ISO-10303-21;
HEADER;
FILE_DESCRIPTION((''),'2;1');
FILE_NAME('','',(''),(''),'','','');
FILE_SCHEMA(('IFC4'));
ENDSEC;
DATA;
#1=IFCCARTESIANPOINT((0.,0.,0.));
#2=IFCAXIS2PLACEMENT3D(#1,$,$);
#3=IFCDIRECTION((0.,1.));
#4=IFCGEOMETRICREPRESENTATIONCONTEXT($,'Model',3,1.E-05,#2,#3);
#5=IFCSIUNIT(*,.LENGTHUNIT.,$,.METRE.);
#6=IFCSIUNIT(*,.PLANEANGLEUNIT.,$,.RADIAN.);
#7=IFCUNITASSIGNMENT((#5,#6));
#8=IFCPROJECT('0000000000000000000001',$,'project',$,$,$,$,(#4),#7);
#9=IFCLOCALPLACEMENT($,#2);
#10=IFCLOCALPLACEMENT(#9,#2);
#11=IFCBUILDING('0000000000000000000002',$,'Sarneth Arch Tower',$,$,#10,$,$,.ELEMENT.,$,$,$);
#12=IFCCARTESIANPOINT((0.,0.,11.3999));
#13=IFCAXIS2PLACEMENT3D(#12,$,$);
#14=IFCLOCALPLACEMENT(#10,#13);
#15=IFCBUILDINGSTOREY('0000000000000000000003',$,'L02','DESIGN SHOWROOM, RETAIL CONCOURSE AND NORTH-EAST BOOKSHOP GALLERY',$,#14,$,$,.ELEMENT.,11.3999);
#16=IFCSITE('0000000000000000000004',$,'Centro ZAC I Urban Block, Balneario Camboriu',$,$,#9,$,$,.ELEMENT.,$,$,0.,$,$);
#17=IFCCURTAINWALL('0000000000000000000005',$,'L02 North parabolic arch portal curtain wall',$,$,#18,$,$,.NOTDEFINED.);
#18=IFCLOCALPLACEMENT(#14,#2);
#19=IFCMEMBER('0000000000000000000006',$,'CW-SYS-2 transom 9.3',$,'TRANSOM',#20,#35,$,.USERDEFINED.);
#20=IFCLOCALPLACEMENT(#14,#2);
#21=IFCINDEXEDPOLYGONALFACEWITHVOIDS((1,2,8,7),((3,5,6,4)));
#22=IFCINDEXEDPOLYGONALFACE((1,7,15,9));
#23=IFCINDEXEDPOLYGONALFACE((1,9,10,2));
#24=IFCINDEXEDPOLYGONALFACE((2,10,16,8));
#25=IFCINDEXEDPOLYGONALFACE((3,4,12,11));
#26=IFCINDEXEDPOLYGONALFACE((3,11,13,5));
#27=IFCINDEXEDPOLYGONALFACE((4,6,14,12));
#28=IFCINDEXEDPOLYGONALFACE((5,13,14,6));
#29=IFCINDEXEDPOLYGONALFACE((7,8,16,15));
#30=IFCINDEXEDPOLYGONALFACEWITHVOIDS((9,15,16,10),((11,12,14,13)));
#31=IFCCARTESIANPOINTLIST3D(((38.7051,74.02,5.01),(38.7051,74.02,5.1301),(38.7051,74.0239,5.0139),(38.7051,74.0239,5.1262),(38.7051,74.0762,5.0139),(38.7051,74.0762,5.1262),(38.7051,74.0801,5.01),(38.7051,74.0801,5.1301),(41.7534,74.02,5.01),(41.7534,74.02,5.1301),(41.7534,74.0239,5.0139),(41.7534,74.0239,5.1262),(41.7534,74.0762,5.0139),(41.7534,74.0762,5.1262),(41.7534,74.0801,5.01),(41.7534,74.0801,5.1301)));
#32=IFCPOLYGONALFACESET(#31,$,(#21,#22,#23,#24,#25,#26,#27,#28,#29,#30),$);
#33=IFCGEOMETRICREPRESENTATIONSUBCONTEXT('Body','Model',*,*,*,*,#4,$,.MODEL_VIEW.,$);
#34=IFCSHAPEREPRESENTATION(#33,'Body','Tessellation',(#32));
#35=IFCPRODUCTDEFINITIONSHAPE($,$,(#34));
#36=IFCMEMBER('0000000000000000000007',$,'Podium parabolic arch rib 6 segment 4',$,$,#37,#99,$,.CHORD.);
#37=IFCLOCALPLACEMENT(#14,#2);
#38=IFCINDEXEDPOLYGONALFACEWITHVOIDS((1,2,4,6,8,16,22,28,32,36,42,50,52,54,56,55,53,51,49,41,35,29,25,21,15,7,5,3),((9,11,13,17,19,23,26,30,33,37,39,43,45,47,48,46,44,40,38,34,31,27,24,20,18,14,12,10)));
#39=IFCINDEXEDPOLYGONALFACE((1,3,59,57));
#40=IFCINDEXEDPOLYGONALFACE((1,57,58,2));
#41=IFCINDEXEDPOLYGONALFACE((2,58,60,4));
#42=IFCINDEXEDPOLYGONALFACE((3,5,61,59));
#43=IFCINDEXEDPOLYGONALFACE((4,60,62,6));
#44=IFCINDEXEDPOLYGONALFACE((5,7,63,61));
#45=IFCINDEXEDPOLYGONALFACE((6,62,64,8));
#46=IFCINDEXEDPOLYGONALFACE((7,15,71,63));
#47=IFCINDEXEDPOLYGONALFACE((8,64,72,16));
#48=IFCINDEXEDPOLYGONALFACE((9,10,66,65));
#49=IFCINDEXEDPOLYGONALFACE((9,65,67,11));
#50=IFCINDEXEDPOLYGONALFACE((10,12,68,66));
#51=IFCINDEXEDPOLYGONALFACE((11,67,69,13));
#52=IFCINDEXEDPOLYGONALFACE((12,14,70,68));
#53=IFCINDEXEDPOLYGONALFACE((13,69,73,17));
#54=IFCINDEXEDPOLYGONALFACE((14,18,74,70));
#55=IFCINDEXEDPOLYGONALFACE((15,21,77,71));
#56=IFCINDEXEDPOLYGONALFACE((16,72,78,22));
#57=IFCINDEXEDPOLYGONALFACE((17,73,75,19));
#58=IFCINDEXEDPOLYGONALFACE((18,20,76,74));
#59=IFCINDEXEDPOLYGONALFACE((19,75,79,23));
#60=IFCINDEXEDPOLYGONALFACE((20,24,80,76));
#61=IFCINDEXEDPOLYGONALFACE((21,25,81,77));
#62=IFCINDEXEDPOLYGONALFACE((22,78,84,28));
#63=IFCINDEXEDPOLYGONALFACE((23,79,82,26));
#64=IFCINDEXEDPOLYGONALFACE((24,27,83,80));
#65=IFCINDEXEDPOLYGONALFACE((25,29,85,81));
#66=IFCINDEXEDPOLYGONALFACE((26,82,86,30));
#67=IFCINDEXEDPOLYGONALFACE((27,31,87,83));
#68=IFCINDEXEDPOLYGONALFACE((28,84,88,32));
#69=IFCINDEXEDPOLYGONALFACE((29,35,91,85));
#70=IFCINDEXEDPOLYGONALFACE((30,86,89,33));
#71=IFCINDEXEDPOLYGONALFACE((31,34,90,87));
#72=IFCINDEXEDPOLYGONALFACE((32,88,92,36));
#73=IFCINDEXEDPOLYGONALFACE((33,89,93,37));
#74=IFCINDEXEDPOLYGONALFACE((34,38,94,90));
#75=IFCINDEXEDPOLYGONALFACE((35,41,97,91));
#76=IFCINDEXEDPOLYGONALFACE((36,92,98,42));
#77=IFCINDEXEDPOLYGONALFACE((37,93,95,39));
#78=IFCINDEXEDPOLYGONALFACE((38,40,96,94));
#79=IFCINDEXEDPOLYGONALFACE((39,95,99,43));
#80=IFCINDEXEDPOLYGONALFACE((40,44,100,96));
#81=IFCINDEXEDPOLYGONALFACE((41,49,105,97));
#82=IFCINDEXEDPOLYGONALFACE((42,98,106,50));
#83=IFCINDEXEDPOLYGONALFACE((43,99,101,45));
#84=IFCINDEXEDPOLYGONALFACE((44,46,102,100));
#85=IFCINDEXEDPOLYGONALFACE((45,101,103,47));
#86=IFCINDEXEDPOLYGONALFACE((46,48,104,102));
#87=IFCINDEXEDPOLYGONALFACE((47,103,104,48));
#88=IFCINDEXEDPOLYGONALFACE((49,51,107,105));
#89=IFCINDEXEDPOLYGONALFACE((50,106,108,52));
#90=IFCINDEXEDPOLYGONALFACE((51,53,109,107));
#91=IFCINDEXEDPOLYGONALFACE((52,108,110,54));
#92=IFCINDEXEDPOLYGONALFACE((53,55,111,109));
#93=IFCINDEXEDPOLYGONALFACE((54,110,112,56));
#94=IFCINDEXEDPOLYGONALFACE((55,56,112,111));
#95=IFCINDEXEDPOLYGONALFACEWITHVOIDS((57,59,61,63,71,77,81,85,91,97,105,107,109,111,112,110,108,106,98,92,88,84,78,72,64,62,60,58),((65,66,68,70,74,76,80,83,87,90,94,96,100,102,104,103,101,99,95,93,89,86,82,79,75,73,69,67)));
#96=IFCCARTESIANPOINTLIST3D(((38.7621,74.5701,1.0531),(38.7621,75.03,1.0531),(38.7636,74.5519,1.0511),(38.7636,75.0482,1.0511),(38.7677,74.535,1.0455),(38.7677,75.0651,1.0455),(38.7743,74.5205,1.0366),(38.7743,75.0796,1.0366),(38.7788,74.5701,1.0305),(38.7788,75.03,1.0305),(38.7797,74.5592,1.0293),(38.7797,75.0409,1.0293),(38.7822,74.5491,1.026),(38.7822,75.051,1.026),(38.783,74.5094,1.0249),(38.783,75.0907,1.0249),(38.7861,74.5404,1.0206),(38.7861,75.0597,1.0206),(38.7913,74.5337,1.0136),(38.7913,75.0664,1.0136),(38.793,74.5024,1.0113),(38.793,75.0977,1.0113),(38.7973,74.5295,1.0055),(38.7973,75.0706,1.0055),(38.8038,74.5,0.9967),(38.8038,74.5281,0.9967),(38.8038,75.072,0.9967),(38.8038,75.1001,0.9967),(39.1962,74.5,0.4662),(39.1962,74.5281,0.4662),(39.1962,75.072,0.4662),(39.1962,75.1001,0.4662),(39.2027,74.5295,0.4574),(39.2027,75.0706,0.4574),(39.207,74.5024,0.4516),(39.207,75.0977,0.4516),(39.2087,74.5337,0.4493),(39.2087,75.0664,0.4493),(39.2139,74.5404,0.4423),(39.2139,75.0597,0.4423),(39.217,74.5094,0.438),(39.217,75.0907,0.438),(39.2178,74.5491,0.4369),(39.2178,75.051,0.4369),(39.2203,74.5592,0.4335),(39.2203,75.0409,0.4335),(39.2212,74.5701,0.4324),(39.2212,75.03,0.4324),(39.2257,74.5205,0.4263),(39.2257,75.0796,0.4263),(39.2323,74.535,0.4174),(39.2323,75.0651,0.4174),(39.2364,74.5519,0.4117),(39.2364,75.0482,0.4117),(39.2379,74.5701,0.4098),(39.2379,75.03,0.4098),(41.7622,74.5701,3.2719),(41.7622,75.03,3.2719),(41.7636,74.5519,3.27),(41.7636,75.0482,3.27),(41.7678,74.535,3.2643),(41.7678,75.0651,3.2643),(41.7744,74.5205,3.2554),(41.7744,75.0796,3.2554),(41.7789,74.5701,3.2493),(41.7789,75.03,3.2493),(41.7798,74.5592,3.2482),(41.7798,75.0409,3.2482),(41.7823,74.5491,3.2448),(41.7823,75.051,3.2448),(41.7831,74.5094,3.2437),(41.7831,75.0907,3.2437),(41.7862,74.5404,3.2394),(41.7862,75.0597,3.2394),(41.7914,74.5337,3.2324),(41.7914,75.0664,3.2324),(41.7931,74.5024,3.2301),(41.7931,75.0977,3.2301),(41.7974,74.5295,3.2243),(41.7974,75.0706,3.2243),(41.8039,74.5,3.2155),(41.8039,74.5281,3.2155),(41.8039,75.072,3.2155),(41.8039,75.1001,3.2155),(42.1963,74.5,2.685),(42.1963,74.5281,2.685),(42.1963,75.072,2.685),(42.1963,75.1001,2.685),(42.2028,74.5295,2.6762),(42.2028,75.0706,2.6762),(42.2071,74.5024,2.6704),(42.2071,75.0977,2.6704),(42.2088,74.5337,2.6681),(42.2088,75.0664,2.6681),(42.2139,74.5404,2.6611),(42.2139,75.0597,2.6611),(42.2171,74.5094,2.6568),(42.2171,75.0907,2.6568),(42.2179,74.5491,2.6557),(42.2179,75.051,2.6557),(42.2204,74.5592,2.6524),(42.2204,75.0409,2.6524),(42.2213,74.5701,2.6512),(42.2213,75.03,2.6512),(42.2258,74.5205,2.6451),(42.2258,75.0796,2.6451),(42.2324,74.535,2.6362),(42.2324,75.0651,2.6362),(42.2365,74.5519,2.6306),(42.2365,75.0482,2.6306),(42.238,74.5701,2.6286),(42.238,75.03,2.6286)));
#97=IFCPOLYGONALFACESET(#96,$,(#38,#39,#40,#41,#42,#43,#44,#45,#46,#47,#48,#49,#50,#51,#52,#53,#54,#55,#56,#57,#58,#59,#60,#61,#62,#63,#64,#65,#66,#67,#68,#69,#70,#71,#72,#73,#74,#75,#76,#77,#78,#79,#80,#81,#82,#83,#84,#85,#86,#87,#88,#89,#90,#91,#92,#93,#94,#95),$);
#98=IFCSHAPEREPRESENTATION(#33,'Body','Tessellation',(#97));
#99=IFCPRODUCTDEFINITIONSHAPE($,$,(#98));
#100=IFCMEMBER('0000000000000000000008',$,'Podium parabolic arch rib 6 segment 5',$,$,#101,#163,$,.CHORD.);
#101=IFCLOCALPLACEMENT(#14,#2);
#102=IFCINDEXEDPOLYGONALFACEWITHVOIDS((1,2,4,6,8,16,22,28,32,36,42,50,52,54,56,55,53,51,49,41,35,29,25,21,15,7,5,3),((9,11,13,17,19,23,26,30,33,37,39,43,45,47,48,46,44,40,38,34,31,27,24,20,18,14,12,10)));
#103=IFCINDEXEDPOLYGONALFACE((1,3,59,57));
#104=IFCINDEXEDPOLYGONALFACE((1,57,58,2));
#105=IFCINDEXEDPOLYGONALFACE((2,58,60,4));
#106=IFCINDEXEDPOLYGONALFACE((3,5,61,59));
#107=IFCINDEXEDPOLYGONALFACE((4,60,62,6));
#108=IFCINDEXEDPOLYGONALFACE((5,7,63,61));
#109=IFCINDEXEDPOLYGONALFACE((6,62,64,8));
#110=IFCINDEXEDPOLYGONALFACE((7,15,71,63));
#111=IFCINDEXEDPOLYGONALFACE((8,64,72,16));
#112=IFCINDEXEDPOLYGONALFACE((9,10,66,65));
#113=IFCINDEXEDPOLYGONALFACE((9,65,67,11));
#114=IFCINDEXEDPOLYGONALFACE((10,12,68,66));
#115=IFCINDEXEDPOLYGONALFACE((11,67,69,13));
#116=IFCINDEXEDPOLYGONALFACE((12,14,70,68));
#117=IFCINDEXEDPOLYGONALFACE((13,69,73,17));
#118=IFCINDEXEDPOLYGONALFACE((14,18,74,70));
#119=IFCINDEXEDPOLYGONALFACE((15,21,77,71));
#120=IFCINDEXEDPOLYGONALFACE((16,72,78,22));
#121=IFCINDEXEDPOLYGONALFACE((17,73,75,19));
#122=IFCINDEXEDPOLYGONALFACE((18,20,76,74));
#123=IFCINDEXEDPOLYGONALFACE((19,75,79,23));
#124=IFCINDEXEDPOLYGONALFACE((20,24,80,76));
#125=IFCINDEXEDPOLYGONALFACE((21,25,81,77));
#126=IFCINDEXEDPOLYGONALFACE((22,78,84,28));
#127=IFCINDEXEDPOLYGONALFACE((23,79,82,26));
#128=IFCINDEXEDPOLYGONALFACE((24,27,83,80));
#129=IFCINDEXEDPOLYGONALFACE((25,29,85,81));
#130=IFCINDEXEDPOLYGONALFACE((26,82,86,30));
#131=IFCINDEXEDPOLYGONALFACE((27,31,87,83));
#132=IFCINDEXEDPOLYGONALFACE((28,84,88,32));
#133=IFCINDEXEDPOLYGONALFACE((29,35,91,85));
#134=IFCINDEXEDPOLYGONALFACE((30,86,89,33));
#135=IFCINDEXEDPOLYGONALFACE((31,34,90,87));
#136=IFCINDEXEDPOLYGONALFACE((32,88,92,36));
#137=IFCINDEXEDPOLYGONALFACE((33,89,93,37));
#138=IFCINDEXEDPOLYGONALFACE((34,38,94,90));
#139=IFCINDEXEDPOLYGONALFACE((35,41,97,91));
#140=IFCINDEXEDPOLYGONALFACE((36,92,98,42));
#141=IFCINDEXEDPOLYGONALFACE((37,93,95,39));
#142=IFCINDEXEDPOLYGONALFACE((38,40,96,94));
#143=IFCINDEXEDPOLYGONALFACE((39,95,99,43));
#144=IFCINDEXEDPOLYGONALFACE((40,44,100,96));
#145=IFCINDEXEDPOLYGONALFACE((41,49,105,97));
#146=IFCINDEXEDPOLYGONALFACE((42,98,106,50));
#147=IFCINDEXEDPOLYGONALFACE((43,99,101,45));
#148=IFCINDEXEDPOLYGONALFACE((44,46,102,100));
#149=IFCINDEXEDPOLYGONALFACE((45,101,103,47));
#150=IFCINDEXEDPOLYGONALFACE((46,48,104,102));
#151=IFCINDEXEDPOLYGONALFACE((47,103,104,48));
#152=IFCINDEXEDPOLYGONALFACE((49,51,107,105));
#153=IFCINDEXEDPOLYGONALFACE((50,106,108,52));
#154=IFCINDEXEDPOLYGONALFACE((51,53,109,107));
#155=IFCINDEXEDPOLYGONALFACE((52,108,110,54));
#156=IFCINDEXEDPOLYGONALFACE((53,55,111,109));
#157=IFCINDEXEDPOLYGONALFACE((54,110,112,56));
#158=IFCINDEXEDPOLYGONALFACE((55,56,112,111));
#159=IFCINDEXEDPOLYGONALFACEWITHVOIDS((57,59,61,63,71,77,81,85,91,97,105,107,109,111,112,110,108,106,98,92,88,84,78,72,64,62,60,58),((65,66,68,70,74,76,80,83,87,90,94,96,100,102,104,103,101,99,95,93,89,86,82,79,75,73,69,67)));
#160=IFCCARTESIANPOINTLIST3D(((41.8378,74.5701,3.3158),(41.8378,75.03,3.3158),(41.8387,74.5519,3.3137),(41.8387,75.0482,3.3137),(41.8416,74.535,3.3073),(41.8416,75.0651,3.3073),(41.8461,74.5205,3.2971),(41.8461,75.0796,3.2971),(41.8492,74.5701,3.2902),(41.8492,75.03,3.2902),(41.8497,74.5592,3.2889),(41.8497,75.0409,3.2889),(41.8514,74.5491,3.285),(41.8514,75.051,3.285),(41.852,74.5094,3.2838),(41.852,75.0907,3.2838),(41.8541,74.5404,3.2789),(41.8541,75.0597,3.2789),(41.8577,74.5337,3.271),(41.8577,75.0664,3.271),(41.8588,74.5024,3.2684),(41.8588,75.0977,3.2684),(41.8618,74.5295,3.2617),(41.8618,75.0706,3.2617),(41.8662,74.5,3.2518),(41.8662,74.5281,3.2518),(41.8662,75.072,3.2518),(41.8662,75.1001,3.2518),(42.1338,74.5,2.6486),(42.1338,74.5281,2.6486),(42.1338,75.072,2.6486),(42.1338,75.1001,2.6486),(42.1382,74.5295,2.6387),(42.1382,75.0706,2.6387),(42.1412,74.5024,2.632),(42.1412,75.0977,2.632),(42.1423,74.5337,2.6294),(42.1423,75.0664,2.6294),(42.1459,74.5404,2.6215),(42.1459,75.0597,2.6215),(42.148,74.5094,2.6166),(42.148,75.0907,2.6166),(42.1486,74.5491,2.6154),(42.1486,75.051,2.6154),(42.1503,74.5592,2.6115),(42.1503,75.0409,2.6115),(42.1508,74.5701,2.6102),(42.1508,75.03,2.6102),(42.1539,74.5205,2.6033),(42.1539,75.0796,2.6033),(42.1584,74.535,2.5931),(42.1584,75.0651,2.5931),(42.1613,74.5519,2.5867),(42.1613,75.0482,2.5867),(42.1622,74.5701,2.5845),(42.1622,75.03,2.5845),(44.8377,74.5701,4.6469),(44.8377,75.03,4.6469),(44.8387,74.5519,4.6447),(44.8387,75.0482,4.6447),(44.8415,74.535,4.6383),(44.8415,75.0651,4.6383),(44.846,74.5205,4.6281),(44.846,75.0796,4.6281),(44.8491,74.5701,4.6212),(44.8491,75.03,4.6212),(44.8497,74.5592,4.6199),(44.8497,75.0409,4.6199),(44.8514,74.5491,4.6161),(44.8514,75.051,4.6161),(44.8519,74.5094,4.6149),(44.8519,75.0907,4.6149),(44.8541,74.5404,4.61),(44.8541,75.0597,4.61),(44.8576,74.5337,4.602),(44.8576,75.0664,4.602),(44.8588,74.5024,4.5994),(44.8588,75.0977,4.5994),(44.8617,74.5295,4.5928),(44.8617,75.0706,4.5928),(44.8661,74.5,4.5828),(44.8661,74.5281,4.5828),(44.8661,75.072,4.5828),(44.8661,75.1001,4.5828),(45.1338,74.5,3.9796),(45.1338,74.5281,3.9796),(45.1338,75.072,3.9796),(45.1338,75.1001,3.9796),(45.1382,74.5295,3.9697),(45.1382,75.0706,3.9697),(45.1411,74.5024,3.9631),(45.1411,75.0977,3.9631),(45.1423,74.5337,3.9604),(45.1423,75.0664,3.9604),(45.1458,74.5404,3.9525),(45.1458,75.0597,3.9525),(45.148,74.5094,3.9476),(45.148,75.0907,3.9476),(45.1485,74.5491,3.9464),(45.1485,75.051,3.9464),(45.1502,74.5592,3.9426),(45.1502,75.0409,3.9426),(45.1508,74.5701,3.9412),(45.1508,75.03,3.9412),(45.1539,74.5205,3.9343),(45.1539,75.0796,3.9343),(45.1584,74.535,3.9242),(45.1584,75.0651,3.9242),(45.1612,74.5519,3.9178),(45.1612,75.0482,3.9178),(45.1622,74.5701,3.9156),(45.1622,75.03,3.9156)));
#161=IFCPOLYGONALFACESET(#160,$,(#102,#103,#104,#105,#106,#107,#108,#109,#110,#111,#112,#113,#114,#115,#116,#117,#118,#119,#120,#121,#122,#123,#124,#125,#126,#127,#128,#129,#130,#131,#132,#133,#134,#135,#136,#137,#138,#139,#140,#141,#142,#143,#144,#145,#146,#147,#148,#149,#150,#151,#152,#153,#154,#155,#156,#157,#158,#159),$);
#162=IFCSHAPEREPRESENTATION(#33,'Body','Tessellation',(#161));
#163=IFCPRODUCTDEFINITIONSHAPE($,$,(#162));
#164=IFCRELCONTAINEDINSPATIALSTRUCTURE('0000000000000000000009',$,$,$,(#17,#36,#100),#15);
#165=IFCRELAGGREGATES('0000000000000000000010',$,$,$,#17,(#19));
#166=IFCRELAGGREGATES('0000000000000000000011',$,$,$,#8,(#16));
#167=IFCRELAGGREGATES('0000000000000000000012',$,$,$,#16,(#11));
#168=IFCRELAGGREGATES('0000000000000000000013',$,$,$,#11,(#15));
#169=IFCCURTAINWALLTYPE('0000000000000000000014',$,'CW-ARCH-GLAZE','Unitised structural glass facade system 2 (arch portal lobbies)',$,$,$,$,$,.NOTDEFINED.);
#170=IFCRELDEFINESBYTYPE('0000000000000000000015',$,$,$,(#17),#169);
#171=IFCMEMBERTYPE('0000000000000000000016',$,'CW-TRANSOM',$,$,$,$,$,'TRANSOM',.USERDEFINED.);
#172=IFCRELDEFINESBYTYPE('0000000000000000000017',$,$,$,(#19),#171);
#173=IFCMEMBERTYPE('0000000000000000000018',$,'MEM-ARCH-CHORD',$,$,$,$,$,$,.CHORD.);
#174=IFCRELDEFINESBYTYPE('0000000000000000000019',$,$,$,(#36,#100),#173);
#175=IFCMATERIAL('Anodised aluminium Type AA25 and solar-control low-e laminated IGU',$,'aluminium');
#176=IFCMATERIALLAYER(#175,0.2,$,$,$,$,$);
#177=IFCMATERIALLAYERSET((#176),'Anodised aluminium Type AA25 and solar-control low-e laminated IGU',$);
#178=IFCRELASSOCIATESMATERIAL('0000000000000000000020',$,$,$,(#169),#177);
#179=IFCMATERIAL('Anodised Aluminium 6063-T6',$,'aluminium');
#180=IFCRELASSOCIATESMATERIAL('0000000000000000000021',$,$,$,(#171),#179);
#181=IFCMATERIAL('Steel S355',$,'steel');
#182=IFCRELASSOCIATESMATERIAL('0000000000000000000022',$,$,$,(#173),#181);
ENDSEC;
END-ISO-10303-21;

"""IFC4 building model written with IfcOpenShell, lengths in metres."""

from ifc_helpers import new_model, si_unit, direction, frame, origin, origin_2d, place, context, subcontext, project, spatial, hollow_rectangle, extrude, material, layer, layer_set, material_profile, profile_set, type_object, element, aggregate, save


model = new_model("IFC4")

# Units and contexts
model_context = context("Model", 3, precision=1e-05, world=origin(), true_north=direction((0.0, 1.0)))
body_context = subcontext(model_context, "Body", "Model", "MODEL_VIEW")
ifc_project = project(units=[si_unit("LENGTHUNIT", "METRE"), si_unit("PLANEANGLEUNIT", "RADIAN")], contexts=[model_context])

# Site, building, storey
site_placement = place(None, origin())
site = spatial("IfcSite", under=ifc_project, at=site_placement, Name="Centro ZAC I Urban Block, Balneario Camboriu", CompositionType="ELEMENT", RefElevation=0.0)
building_placement = place(site_placement, origin())
building = spatial("IfcBuilding", under=site, at=building_placement, Name="Sarneth Arch Tower", CompositionType="ELEMENT")
storey_placement = place(building_placement, frame((0.0, 0.0, 11.3999)))
storey = spatial("IfcBuildingStorey", under=building, at=storey_placement, Name="L02", Description="DESIGN SHOWROOM, RETAIL CONCOURSE AND NORTH-EAST BOOKSHOP GALLERY", CompositionType="ELEMENT", Elevation=11.3999)

# Curtain wall, member
ifc_material_1 = material(Name="Anodised aluminium Type AA25 and solar-control low-e laminated IGU", Category="aluminium")
ifc_layer_1 = layer(ifc_material_1, 0.2)
ifc_layer_set_1 = layer_set([ifc_layer_1], Name="Anodised aluminium Type AA25 and solar-control low-e laminated IGU")
curtain_wall_type = type_object("IfcCurtainWallType", Name="CW-ARCH-GLAZE", Description="Unitised structural glass facade system 2 (arch portal lobbies)", PredefinedType="NOTDEFINED", material=ifc_layer_set_1)
curtain_wall_placement = place(storey_placement, origin())
curtain_wall = element("IfcCurtainWall", 1, at=curtain_wall_placement, inside=storey, type_object=curtain_wall_type, Name="L02 North parabolic arch portal curtain wall", PredefinedType="NOTDEFINED")
ifc_material_2 = material(Name="Anodised Aluminium 6063-T6", Category="aluminium")
ifc_material_profile_1 = material_profile(ifc_material_2, hollow_rectangle(XDim=0.0601, YDim=0.1201, WallThickness=0.0039, at=origin_2d()), Name="AL-TRAN-120x60x4")
ifc_profile_set_1 = profile_set([ifc_material_profile_1], Name="Anodised Aluminium 6063-T6")
member_type_1 = type_object("IfcMemberType", Name="CW-TRANSOM", ElementType="TRANSOM", PredefinedType="USERDEFINED", material=ifc_profile_set_1)
member_1_placement = place(storey_placement, frame((41.7534, 74.05, 5.0701), z_axis=(-1.0, 0.0, 0.0), x_axis=(0.0, -1.0, 0.0)))
member_1 = element("IfcMember", 2, at=member_1_placement, type_object=member_type_1, Name="CW-SYS-2 transom 9.3", ObjectType="TRANSOM", PredefinedType="USERDEFINED", context=body_context, shape_type="SweptSolid", body=[
    extrude(hollow_rectangle(XDim=0.0601, YDim=0.1201, WallThickness=0.0039, at=origin_2d()), origin(), (0.0, 0.0, 1.0), 3.0483),
])

# Members
ifc_material_3 = material(Name="Steel S355", Category="steel")
ifc_material_profile_2 = material_profile(ifc_material_3, hollow_rectangle(XDim=0.6001, YDim=0.8, WallThickness=0.0281, InnerFilletRadius=0.042, OuterFilletRadius=0.0701, at=origin_2d()), Name="RHS800x600x28")
ifc_profile_set_2 = profile_set([ifc_material_profile_2], Name="Steel S355")
member_type_2 = type_object("IfcMemberType", Name="MEM-ARCH-CHORD", PredefinedType="CHORD", material=ifc_profile_set_2)
member_2_placement = place(storey_placement, frame((39.0, 74.8, 0.7314), z_axis=(0.804002, 0.0, 0.594627), x_axis=(0.0, 1.0, 0.0)))
element("IfcMember", 3, at=member_2_placement, inside=storey, type_object=member_type_2, Name="Podium parabolic arch rib 6 segment 4", PredefinedType="CHORD", context=body_context, shape_type="SweptSolid", body=[
    extrude(hollow_rectangle(XDim=0.6001, YDim=0.8, WallThickness=0.0281, InnerFilletRadius=0.042, OuterFilletRadius=0.0701, at=origin_2d()), origin(), (0.0, 0.0, 1.0), 3.7314),
])
member_3_placement = place(storey_placement, frame((42.0, 74.8, 2.9502), z_axis=(0.914069, 0.0, 0.405559), x_axis=(0.0, 1.0, 0.0)))
element("IfcMember", 4, at=member_3_placement, inside=storey, type_object=member_type_2, Name="Podium parabolic arch rib 6 segment 5", PredefinedType="CHORD", context=body_context, shape_type="SweptSolid", body=[
    extrude(hollow_rectangle(XDim=0.6001, YDim=0.8, WallThickness=0.0281, InnerFilletRadius=0.042, OuterFilletRadius=0.0701, at=origin_2d()), origin(), (0.0, 0.0, 1.0), 3.282),
])

aggregate(curtain_wall, [member_1])

save(model, "model.ifc")
